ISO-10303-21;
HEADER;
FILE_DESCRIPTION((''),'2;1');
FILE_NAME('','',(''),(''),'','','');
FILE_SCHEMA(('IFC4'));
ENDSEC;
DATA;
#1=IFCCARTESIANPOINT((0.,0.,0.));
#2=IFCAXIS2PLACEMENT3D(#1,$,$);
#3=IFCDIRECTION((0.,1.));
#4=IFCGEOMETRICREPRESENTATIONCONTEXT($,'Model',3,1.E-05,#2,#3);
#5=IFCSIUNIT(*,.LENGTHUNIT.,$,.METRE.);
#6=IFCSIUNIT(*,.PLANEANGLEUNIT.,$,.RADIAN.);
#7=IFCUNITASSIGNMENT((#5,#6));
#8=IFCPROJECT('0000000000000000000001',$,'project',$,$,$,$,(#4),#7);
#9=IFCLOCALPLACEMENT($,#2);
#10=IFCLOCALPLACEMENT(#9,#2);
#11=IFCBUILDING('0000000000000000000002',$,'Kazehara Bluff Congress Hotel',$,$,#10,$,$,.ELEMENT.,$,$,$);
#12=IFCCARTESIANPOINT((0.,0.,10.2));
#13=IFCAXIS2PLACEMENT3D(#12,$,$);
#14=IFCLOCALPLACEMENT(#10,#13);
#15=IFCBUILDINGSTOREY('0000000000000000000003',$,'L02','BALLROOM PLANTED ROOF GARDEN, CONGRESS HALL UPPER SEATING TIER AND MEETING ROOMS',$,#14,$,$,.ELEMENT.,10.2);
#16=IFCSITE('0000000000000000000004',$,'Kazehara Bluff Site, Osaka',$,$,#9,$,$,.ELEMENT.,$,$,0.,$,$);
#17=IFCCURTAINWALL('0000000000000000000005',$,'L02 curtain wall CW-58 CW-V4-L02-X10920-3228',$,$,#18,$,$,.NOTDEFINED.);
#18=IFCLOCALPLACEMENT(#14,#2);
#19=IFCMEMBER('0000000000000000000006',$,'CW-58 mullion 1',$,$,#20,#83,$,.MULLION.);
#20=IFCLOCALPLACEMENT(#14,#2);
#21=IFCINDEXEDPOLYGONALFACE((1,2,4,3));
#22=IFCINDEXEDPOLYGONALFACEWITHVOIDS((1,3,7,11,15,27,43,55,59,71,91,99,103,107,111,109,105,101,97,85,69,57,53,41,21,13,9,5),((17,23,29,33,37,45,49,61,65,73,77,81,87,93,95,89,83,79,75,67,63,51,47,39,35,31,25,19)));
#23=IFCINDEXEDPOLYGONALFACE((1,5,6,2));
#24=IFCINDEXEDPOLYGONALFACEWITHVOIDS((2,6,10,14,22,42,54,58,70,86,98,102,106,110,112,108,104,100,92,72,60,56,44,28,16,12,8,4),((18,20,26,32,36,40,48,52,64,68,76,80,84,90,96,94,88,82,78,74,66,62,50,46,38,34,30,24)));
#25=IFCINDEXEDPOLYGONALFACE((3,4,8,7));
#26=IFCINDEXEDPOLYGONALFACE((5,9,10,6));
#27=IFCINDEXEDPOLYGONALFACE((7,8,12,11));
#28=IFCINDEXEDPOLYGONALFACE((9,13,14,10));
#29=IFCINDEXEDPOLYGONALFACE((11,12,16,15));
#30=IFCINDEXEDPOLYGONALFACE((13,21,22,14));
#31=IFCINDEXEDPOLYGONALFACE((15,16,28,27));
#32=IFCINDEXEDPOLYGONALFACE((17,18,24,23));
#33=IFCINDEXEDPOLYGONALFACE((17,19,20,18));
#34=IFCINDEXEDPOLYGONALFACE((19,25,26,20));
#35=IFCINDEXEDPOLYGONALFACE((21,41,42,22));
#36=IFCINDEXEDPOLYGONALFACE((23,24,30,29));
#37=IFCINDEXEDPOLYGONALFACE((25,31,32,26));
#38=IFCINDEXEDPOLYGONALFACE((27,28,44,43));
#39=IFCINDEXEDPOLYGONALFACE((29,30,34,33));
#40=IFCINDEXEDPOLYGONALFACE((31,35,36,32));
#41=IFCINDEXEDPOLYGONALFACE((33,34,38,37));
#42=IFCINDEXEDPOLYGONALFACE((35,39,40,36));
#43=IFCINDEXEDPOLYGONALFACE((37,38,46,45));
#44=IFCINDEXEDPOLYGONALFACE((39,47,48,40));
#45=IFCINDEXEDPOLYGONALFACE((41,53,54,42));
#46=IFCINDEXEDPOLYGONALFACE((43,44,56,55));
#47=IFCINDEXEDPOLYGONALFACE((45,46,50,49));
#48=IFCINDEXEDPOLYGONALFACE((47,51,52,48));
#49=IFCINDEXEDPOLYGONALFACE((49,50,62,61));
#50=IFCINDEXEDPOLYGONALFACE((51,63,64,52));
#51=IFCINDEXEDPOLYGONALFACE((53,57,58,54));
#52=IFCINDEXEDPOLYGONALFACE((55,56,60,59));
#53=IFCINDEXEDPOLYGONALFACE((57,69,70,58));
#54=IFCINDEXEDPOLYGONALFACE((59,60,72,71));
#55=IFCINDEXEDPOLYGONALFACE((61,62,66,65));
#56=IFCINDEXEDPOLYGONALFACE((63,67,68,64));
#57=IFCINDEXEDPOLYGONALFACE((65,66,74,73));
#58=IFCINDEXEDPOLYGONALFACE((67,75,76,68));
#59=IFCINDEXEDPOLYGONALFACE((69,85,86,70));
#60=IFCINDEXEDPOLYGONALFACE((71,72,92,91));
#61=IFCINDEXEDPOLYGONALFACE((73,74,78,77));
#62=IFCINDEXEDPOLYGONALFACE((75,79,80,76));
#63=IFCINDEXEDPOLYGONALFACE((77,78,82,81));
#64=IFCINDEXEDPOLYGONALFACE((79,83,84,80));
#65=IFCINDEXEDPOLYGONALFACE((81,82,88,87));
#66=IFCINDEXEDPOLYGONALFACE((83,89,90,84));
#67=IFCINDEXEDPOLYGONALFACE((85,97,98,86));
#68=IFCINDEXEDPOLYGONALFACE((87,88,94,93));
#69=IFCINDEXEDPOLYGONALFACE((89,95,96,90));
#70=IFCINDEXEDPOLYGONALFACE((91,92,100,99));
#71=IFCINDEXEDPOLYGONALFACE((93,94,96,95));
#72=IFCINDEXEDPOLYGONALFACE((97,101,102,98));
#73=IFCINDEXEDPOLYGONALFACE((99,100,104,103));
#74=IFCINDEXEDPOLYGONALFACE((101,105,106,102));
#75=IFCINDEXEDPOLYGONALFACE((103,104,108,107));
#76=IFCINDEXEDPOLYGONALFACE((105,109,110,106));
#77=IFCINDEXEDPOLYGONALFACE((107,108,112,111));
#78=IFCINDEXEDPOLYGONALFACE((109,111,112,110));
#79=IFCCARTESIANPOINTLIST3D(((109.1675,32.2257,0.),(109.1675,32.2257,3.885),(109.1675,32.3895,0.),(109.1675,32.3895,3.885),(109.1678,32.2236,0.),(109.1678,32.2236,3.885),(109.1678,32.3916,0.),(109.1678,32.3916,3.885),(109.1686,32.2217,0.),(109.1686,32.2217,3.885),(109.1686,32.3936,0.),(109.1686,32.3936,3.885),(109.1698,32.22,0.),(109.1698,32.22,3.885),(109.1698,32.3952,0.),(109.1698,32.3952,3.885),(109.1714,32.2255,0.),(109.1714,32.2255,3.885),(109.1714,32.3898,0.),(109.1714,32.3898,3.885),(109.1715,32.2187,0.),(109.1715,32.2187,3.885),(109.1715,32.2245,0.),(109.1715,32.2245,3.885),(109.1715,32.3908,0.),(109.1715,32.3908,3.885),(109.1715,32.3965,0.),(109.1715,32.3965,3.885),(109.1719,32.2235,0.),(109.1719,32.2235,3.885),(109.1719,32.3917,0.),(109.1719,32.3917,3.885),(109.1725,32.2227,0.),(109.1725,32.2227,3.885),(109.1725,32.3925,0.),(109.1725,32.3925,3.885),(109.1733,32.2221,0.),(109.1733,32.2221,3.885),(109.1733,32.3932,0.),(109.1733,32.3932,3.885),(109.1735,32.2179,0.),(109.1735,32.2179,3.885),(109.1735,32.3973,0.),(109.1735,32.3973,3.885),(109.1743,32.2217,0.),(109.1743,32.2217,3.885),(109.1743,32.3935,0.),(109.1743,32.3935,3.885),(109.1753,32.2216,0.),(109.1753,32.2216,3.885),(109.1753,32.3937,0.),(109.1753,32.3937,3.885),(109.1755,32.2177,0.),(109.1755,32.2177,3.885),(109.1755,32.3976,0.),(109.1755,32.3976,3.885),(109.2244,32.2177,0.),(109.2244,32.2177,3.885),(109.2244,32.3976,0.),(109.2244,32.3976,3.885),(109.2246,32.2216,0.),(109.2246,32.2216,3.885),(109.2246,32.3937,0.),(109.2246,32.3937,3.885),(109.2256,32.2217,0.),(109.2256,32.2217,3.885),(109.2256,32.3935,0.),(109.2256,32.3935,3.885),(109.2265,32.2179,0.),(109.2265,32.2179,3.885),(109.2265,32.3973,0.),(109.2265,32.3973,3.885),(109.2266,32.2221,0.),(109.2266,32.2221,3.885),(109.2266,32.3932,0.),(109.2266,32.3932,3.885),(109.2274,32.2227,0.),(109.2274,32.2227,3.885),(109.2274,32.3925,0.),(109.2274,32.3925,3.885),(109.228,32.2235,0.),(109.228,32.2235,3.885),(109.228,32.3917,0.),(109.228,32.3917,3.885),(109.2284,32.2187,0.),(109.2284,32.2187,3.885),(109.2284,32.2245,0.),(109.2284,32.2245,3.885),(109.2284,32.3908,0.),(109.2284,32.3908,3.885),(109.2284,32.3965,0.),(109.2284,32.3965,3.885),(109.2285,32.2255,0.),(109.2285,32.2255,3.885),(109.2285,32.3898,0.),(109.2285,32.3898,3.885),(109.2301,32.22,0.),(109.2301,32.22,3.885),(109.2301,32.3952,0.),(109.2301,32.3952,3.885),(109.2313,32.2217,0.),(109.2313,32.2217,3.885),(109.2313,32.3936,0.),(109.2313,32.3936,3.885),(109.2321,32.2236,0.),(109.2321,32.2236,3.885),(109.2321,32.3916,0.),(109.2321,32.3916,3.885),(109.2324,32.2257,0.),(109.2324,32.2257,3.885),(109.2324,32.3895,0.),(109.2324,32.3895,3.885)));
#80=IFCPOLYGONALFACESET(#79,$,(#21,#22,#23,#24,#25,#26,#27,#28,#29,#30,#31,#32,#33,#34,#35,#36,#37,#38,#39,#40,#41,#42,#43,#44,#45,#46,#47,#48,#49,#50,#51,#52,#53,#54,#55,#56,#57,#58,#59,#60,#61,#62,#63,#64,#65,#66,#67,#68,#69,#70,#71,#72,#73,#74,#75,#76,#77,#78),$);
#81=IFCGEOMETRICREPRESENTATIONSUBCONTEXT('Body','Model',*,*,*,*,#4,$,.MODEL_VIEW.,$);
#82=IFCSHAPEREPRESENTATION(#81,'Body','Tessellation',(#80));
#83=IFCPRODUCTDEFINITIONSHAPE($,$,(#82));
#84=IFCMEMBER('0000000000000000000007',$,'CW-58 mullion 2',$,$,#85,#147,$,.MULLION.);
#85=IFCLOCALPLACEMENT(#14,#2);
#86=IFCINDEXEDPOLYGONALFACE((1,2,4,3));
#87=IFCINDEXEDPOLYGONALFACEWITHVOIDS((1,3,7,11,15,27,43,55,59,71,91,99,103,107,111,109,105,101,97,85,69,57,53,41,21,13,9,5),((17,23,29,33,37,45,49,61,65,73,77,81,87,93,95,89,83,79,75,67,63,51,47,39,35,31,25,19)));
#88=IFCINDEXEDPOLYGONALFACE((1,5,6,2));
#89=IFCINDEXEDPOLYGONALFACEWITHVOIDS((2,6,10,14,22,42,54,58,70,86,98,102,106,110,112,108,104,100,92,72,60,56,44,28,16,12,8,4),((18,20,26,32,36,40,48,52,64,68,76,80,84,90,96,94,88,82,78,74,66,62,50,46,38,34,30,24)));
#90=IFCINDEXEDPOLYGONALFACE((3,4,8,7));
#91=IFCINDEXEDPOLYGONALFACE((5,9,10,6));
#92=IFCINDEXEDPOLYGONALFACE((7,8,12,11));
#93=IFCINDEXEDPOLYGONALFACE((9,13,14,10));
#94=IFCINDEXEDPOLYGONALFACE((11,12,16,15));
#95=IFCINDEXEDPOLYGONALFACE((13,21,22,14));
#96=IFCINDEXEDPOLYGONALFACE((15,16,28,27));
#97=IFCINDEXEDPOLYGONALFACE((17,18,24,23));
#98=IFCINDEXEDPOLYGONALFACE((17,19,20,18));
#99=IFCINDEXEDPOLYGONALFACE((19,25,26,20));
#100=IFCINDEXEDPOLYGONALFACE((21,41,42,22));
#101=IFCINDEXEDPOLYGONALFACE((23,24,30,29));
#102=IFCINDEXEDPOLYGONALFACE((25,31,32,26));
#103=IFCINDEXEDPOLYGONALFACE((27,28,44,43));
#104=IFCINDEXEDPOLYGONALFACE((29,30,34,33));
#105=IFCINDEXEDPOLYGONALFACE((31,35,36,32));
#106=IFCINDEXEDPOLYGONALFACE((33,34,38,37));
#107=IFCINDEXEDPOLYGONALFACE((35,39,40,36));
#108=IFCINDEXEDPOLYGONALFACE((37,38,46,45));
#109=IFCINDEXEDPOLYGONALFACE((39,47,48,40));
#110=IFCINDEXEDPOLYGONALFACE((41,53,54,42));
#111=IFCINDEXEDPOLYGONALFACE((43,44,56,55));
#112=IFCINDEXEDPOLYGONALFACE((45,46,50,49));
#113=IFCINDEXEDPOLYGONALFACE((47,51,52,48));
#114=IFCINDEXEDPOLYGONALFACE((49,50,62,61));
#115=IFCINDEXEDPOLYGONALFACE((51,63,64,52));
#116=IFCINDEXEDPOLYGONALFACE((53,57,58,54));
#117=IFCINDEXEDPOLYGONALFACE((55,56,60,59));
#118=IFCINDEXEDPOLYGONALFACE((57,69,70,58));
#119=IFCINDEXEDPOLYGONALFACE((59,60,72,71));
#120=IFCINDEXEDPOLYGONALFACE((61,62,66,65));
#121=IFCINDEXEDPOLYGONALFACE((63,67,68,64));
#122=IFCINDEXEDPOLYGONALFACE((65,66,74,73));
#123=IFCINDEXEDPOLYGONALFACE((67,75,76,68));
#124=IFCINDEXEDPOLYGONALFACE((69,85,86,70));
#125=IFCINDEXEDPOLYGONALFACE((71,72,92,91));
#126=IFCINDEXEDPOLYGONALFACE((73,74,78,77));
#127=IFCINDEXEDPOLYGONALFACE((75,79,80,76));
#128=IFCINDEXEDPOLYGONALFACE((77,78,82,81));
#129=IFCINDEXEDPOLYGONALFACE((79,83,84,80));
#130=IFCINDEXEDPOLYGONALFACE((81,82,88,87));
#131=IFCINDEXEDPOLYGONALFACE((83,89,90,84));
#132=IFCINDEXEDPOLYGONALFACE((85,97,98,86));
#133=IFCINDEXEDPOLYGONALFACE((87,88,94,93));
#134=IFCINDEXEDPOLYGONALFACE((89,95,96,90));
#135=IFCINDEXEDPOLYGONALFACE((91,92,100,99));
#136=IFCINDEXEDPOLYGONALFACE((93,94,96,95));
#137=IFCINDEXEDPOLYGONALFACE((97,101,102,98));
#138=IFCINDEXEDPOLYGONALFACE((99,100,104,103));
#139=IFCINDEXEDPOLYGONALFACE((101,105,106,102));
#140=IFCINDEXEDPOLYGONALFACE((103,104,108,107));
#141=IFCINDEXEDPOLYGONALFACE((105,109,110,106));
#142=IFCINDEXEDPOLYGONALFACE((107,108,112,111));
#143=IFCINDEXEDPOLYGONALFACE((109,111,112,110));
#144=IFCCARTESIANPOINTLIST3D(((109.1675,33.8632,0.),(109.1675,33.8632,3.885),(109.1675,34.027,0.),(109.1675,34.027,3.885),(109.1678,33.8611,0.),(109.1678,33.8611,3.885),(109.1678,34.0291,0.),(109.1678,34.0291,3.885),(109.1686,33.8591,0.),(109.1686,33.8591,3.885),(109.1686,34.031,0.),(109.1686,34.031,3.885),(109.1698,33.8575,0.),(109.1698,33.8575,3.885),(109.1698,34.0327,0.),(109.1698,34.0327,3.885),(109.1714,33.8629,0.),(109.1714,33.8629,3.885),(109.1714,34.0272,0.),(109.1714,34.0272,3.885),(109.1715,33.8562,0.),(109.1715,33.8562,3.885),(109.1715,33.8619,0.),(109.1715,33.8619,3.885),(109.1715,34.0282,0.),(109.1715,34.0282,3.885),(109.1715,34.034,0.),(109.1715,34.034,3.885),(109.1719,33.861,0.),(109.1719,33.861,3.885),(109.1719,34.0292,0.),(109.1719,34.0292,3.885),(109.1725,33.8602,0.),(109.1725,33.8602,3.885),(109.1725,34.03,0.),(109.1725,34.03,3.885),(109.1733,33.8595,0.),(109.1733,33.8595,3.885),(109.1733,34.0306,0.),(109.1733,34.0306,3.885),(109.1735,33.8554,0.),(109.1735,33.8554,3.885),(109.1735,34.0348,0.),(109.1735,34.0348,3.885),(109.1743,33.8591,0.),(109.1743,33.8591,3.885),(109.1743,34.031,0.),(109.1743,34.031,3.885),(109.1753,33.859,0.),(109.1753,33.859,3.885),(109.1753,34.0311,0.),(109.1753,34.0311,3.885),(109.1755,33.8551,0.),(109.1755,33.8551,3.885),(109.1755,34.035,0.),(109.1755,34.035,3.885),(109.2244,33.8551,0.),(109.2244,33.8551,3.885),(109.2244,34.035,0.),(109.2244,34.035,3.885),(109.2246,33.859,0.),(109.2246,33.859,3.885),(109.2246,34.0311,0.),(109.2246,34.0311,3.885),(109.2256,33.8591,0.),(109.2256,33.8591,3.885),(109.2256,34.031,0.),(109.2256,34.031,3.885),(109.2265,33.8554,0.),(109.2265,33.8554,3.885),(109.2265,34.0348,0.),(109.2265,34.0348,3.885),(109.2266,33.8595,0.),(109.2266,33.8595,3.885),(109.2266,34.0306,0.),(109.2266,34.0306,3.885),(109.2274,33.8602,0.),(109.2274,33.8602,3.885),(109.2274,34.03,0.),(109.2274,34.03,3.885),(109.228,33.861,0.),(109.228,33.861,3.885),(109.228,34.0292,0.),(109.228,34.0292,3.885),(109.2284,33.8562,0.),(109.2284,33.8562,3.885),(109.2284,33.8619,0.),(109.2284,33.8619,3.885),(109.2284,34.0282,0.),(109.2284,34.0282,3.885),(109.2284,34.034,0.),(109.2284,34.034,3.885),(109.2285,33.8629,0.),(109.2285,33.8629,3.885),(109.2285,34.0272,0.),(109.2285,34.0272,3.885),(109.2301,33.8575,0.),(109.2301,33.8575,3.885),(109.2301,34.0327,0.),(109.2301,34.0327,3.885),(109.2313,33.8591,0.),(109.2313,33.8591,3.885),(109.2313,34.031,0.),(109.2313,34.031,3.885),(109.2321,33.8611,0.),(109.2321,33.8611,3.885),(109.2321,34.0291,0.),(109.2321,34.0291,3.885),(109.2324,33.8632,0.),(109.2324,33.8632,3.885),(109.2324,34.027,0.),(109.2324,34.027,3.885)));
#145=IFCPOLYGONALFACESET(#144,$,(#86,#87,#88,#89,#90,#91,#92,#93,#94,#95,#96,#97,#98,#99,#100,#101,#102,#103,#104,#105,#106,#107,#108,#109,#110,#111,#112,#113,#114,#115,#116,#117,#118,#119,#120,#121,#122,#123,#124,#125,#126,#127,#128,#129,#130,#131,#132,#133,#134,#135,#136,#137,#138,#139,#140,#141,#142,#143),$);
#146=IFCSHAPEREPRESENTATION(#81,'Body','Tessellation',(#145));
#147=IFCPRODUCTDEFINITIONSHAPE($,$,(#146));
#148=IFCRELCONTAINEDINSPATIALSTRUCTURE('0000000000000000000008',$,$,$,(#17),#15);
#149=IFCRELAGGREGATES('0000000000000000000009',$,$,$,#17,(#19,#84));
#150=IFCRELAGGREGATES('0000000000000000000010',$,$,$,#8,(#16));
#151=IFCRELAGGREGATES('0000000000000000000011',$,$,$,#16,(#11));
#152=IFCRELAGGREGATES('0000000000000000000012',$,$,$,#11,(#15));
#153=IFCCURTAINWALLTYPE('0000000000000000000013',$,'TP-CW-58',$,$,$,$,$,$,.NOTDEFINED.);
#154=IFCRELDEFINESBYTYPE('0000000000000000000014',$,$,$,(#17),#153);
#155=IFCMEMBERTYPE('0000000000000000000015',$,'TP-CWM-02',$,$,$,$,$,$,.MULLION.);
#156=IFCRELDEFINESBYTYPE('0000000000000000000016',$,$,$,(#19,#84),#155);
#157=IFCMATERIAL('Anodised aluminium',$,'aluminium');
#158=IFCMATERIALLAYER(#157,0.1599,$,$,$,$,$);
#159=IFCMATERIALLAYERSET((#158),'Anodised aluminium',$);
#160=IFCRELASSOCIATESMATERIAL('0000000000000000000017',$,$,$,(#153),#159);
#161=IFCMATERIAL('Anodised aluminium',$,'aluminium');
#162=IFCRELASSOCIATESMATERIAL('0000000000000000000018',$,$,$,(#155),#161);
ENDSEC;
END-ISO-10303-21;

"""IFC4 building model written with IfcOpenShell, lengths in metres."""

from ifc_helpers import new_model, si_unit, direction, frame, origin, origin_2d, place, context, subcontext, project, spatial, hollow_rectangle, extrude, material, layer, layer_set, material_profile, profile_set, type_object, element, aggregate, save


model = new_model("IFC4")

# Units and contexts
model_context = context("Model", 3, precision=1e-05, world=origin(), true_north=direction((0.0, 1.0)))
body_context = subcontext(model_context, "Body", "Model", "MODEL_VIEW")
ifc_project = project(units=[si_unit("LENGTHUNIT", "METRE"), si_unit("PLANEANGLEUNIT", "RADIAN")], contexts=[model_context])

# Site, building, storey
site_placement = place(None, origin())
site = spatial("IfcSite", under=ifc_project, at=site_placement, Name="Kazehara Bluff Site, Osaka", CompositionType="ELEMENT", RefElevation=0.0)
building_placement = place(site_placement, origin())
building = spatial("IfcBuilding", under=site, at=building_placement, Name="Kazehara Bluff Congress Hotel", CompositionType="ELEMENT")
storey_placement = place(building_placement, frame((0.0, 0.0, 10.2)))
storey = spatial("IfcBuildingStorey", under=building, at=storey_placement, Name="L02", Description="BALLROOM PLANTED ROOF GARDEN, CONGRESS HALL UPPER SEATING TIER AND MEETING ROOMS", CompositionType="ELEMENT", Elevation=10.2)

# Curtain wall, members
ifc_material_1 = material(Name="Anodised aluminium", Category="aluminium")
ifc_layer_1 = layer(ifc_material_1, 0.1599)
ifc_layer_set_1 = layer_set([ifc_layer_1], Name="Anodised aluminium")
curtain_wall_type = type_object("IfcCurtainWallType", Name="TP-CW-58", PredefinedType="NOTDEFINED", material=ifc_layer_set_1)
curtain_wall_placement = place(storey_placement, origin())
curtain_wall = element("IfcCurtainWall", 1, at=curtain_wall_placement, inside=storey, type_object=curtain_wall_type, Name="L02 curtain wall CW-58 CW-V4-L02-X10920-3228", PredefinedType="NOTDEFINED")
ifc_material_2 = material(Name="Anodised aluminium", Category="aluminium")
ifc_material_profile_1 = material_profile(ifc_material_2, hollow_rectangle(XDim=0.0649, YDim=0.1799, WallThickness=0.0039, InnerFilletRadius=0.0039, OuterFilletRadius=0.0081, at=origin_2d()))
ifc_profile_set_1 = profile_set([ifc_material_profile_1], Name="Anodised aluminium")
member_type_1 = type_object("IfcMemberType", Name="TP-CWM-02", PredefinedType="MULLION", material=ifc_profile_set_1)
member_1_placement = place(storey_placement, frame((109.2, 32.3076, 0.0), z_axis=(0.0, 0.0, 1.0), x_axis=(-1.0, 0.0, 0.0)))
member_1 = element("IfcMember", 2, at=member_1_placement, type_object=member_type_1, Name="CW-58 mullion 1", PredefinedType="MULLION", context=body_context, shape_type="SweptSolid", body=[
    extrude(hollow_rectangle(XDim=0.0649, YDim=0.1799, WallThickness=0.0039, InnerFilletRadius=0.0039, OuterFilletRadius=0.0081, at=origin_2d()), origin(), (0.0, 0.0, 1.0), 3.885),
])
member_2_placement = place(storey_placement, frame((109.2, 33.9451, 0.0), z_axis=(0.0, 0.0, 1.0), x_axis=(-1.0, 0.0, 0.0)))
member_2 = element("IfcMember", 3, at=member_2_placement, type_object=member_type_1, Name="CW-58 mullion 2", PredefinedType="MULLION", context=body_context, shape_type="SweptSolid", body=[
    extrude(hollow_rectangle(XDim=0.0649, YDim=0.1799, WallThickness=0.0039, InnerFilletRadius=0.0039, OuterFilletRadius=0.0081, at=origin_2d()), origin(), (0.0, 0.0, 1.0), 3.885),
])

aggregate(curtain_wall, [member_1, member_2])

save(model, "model.ifc")
